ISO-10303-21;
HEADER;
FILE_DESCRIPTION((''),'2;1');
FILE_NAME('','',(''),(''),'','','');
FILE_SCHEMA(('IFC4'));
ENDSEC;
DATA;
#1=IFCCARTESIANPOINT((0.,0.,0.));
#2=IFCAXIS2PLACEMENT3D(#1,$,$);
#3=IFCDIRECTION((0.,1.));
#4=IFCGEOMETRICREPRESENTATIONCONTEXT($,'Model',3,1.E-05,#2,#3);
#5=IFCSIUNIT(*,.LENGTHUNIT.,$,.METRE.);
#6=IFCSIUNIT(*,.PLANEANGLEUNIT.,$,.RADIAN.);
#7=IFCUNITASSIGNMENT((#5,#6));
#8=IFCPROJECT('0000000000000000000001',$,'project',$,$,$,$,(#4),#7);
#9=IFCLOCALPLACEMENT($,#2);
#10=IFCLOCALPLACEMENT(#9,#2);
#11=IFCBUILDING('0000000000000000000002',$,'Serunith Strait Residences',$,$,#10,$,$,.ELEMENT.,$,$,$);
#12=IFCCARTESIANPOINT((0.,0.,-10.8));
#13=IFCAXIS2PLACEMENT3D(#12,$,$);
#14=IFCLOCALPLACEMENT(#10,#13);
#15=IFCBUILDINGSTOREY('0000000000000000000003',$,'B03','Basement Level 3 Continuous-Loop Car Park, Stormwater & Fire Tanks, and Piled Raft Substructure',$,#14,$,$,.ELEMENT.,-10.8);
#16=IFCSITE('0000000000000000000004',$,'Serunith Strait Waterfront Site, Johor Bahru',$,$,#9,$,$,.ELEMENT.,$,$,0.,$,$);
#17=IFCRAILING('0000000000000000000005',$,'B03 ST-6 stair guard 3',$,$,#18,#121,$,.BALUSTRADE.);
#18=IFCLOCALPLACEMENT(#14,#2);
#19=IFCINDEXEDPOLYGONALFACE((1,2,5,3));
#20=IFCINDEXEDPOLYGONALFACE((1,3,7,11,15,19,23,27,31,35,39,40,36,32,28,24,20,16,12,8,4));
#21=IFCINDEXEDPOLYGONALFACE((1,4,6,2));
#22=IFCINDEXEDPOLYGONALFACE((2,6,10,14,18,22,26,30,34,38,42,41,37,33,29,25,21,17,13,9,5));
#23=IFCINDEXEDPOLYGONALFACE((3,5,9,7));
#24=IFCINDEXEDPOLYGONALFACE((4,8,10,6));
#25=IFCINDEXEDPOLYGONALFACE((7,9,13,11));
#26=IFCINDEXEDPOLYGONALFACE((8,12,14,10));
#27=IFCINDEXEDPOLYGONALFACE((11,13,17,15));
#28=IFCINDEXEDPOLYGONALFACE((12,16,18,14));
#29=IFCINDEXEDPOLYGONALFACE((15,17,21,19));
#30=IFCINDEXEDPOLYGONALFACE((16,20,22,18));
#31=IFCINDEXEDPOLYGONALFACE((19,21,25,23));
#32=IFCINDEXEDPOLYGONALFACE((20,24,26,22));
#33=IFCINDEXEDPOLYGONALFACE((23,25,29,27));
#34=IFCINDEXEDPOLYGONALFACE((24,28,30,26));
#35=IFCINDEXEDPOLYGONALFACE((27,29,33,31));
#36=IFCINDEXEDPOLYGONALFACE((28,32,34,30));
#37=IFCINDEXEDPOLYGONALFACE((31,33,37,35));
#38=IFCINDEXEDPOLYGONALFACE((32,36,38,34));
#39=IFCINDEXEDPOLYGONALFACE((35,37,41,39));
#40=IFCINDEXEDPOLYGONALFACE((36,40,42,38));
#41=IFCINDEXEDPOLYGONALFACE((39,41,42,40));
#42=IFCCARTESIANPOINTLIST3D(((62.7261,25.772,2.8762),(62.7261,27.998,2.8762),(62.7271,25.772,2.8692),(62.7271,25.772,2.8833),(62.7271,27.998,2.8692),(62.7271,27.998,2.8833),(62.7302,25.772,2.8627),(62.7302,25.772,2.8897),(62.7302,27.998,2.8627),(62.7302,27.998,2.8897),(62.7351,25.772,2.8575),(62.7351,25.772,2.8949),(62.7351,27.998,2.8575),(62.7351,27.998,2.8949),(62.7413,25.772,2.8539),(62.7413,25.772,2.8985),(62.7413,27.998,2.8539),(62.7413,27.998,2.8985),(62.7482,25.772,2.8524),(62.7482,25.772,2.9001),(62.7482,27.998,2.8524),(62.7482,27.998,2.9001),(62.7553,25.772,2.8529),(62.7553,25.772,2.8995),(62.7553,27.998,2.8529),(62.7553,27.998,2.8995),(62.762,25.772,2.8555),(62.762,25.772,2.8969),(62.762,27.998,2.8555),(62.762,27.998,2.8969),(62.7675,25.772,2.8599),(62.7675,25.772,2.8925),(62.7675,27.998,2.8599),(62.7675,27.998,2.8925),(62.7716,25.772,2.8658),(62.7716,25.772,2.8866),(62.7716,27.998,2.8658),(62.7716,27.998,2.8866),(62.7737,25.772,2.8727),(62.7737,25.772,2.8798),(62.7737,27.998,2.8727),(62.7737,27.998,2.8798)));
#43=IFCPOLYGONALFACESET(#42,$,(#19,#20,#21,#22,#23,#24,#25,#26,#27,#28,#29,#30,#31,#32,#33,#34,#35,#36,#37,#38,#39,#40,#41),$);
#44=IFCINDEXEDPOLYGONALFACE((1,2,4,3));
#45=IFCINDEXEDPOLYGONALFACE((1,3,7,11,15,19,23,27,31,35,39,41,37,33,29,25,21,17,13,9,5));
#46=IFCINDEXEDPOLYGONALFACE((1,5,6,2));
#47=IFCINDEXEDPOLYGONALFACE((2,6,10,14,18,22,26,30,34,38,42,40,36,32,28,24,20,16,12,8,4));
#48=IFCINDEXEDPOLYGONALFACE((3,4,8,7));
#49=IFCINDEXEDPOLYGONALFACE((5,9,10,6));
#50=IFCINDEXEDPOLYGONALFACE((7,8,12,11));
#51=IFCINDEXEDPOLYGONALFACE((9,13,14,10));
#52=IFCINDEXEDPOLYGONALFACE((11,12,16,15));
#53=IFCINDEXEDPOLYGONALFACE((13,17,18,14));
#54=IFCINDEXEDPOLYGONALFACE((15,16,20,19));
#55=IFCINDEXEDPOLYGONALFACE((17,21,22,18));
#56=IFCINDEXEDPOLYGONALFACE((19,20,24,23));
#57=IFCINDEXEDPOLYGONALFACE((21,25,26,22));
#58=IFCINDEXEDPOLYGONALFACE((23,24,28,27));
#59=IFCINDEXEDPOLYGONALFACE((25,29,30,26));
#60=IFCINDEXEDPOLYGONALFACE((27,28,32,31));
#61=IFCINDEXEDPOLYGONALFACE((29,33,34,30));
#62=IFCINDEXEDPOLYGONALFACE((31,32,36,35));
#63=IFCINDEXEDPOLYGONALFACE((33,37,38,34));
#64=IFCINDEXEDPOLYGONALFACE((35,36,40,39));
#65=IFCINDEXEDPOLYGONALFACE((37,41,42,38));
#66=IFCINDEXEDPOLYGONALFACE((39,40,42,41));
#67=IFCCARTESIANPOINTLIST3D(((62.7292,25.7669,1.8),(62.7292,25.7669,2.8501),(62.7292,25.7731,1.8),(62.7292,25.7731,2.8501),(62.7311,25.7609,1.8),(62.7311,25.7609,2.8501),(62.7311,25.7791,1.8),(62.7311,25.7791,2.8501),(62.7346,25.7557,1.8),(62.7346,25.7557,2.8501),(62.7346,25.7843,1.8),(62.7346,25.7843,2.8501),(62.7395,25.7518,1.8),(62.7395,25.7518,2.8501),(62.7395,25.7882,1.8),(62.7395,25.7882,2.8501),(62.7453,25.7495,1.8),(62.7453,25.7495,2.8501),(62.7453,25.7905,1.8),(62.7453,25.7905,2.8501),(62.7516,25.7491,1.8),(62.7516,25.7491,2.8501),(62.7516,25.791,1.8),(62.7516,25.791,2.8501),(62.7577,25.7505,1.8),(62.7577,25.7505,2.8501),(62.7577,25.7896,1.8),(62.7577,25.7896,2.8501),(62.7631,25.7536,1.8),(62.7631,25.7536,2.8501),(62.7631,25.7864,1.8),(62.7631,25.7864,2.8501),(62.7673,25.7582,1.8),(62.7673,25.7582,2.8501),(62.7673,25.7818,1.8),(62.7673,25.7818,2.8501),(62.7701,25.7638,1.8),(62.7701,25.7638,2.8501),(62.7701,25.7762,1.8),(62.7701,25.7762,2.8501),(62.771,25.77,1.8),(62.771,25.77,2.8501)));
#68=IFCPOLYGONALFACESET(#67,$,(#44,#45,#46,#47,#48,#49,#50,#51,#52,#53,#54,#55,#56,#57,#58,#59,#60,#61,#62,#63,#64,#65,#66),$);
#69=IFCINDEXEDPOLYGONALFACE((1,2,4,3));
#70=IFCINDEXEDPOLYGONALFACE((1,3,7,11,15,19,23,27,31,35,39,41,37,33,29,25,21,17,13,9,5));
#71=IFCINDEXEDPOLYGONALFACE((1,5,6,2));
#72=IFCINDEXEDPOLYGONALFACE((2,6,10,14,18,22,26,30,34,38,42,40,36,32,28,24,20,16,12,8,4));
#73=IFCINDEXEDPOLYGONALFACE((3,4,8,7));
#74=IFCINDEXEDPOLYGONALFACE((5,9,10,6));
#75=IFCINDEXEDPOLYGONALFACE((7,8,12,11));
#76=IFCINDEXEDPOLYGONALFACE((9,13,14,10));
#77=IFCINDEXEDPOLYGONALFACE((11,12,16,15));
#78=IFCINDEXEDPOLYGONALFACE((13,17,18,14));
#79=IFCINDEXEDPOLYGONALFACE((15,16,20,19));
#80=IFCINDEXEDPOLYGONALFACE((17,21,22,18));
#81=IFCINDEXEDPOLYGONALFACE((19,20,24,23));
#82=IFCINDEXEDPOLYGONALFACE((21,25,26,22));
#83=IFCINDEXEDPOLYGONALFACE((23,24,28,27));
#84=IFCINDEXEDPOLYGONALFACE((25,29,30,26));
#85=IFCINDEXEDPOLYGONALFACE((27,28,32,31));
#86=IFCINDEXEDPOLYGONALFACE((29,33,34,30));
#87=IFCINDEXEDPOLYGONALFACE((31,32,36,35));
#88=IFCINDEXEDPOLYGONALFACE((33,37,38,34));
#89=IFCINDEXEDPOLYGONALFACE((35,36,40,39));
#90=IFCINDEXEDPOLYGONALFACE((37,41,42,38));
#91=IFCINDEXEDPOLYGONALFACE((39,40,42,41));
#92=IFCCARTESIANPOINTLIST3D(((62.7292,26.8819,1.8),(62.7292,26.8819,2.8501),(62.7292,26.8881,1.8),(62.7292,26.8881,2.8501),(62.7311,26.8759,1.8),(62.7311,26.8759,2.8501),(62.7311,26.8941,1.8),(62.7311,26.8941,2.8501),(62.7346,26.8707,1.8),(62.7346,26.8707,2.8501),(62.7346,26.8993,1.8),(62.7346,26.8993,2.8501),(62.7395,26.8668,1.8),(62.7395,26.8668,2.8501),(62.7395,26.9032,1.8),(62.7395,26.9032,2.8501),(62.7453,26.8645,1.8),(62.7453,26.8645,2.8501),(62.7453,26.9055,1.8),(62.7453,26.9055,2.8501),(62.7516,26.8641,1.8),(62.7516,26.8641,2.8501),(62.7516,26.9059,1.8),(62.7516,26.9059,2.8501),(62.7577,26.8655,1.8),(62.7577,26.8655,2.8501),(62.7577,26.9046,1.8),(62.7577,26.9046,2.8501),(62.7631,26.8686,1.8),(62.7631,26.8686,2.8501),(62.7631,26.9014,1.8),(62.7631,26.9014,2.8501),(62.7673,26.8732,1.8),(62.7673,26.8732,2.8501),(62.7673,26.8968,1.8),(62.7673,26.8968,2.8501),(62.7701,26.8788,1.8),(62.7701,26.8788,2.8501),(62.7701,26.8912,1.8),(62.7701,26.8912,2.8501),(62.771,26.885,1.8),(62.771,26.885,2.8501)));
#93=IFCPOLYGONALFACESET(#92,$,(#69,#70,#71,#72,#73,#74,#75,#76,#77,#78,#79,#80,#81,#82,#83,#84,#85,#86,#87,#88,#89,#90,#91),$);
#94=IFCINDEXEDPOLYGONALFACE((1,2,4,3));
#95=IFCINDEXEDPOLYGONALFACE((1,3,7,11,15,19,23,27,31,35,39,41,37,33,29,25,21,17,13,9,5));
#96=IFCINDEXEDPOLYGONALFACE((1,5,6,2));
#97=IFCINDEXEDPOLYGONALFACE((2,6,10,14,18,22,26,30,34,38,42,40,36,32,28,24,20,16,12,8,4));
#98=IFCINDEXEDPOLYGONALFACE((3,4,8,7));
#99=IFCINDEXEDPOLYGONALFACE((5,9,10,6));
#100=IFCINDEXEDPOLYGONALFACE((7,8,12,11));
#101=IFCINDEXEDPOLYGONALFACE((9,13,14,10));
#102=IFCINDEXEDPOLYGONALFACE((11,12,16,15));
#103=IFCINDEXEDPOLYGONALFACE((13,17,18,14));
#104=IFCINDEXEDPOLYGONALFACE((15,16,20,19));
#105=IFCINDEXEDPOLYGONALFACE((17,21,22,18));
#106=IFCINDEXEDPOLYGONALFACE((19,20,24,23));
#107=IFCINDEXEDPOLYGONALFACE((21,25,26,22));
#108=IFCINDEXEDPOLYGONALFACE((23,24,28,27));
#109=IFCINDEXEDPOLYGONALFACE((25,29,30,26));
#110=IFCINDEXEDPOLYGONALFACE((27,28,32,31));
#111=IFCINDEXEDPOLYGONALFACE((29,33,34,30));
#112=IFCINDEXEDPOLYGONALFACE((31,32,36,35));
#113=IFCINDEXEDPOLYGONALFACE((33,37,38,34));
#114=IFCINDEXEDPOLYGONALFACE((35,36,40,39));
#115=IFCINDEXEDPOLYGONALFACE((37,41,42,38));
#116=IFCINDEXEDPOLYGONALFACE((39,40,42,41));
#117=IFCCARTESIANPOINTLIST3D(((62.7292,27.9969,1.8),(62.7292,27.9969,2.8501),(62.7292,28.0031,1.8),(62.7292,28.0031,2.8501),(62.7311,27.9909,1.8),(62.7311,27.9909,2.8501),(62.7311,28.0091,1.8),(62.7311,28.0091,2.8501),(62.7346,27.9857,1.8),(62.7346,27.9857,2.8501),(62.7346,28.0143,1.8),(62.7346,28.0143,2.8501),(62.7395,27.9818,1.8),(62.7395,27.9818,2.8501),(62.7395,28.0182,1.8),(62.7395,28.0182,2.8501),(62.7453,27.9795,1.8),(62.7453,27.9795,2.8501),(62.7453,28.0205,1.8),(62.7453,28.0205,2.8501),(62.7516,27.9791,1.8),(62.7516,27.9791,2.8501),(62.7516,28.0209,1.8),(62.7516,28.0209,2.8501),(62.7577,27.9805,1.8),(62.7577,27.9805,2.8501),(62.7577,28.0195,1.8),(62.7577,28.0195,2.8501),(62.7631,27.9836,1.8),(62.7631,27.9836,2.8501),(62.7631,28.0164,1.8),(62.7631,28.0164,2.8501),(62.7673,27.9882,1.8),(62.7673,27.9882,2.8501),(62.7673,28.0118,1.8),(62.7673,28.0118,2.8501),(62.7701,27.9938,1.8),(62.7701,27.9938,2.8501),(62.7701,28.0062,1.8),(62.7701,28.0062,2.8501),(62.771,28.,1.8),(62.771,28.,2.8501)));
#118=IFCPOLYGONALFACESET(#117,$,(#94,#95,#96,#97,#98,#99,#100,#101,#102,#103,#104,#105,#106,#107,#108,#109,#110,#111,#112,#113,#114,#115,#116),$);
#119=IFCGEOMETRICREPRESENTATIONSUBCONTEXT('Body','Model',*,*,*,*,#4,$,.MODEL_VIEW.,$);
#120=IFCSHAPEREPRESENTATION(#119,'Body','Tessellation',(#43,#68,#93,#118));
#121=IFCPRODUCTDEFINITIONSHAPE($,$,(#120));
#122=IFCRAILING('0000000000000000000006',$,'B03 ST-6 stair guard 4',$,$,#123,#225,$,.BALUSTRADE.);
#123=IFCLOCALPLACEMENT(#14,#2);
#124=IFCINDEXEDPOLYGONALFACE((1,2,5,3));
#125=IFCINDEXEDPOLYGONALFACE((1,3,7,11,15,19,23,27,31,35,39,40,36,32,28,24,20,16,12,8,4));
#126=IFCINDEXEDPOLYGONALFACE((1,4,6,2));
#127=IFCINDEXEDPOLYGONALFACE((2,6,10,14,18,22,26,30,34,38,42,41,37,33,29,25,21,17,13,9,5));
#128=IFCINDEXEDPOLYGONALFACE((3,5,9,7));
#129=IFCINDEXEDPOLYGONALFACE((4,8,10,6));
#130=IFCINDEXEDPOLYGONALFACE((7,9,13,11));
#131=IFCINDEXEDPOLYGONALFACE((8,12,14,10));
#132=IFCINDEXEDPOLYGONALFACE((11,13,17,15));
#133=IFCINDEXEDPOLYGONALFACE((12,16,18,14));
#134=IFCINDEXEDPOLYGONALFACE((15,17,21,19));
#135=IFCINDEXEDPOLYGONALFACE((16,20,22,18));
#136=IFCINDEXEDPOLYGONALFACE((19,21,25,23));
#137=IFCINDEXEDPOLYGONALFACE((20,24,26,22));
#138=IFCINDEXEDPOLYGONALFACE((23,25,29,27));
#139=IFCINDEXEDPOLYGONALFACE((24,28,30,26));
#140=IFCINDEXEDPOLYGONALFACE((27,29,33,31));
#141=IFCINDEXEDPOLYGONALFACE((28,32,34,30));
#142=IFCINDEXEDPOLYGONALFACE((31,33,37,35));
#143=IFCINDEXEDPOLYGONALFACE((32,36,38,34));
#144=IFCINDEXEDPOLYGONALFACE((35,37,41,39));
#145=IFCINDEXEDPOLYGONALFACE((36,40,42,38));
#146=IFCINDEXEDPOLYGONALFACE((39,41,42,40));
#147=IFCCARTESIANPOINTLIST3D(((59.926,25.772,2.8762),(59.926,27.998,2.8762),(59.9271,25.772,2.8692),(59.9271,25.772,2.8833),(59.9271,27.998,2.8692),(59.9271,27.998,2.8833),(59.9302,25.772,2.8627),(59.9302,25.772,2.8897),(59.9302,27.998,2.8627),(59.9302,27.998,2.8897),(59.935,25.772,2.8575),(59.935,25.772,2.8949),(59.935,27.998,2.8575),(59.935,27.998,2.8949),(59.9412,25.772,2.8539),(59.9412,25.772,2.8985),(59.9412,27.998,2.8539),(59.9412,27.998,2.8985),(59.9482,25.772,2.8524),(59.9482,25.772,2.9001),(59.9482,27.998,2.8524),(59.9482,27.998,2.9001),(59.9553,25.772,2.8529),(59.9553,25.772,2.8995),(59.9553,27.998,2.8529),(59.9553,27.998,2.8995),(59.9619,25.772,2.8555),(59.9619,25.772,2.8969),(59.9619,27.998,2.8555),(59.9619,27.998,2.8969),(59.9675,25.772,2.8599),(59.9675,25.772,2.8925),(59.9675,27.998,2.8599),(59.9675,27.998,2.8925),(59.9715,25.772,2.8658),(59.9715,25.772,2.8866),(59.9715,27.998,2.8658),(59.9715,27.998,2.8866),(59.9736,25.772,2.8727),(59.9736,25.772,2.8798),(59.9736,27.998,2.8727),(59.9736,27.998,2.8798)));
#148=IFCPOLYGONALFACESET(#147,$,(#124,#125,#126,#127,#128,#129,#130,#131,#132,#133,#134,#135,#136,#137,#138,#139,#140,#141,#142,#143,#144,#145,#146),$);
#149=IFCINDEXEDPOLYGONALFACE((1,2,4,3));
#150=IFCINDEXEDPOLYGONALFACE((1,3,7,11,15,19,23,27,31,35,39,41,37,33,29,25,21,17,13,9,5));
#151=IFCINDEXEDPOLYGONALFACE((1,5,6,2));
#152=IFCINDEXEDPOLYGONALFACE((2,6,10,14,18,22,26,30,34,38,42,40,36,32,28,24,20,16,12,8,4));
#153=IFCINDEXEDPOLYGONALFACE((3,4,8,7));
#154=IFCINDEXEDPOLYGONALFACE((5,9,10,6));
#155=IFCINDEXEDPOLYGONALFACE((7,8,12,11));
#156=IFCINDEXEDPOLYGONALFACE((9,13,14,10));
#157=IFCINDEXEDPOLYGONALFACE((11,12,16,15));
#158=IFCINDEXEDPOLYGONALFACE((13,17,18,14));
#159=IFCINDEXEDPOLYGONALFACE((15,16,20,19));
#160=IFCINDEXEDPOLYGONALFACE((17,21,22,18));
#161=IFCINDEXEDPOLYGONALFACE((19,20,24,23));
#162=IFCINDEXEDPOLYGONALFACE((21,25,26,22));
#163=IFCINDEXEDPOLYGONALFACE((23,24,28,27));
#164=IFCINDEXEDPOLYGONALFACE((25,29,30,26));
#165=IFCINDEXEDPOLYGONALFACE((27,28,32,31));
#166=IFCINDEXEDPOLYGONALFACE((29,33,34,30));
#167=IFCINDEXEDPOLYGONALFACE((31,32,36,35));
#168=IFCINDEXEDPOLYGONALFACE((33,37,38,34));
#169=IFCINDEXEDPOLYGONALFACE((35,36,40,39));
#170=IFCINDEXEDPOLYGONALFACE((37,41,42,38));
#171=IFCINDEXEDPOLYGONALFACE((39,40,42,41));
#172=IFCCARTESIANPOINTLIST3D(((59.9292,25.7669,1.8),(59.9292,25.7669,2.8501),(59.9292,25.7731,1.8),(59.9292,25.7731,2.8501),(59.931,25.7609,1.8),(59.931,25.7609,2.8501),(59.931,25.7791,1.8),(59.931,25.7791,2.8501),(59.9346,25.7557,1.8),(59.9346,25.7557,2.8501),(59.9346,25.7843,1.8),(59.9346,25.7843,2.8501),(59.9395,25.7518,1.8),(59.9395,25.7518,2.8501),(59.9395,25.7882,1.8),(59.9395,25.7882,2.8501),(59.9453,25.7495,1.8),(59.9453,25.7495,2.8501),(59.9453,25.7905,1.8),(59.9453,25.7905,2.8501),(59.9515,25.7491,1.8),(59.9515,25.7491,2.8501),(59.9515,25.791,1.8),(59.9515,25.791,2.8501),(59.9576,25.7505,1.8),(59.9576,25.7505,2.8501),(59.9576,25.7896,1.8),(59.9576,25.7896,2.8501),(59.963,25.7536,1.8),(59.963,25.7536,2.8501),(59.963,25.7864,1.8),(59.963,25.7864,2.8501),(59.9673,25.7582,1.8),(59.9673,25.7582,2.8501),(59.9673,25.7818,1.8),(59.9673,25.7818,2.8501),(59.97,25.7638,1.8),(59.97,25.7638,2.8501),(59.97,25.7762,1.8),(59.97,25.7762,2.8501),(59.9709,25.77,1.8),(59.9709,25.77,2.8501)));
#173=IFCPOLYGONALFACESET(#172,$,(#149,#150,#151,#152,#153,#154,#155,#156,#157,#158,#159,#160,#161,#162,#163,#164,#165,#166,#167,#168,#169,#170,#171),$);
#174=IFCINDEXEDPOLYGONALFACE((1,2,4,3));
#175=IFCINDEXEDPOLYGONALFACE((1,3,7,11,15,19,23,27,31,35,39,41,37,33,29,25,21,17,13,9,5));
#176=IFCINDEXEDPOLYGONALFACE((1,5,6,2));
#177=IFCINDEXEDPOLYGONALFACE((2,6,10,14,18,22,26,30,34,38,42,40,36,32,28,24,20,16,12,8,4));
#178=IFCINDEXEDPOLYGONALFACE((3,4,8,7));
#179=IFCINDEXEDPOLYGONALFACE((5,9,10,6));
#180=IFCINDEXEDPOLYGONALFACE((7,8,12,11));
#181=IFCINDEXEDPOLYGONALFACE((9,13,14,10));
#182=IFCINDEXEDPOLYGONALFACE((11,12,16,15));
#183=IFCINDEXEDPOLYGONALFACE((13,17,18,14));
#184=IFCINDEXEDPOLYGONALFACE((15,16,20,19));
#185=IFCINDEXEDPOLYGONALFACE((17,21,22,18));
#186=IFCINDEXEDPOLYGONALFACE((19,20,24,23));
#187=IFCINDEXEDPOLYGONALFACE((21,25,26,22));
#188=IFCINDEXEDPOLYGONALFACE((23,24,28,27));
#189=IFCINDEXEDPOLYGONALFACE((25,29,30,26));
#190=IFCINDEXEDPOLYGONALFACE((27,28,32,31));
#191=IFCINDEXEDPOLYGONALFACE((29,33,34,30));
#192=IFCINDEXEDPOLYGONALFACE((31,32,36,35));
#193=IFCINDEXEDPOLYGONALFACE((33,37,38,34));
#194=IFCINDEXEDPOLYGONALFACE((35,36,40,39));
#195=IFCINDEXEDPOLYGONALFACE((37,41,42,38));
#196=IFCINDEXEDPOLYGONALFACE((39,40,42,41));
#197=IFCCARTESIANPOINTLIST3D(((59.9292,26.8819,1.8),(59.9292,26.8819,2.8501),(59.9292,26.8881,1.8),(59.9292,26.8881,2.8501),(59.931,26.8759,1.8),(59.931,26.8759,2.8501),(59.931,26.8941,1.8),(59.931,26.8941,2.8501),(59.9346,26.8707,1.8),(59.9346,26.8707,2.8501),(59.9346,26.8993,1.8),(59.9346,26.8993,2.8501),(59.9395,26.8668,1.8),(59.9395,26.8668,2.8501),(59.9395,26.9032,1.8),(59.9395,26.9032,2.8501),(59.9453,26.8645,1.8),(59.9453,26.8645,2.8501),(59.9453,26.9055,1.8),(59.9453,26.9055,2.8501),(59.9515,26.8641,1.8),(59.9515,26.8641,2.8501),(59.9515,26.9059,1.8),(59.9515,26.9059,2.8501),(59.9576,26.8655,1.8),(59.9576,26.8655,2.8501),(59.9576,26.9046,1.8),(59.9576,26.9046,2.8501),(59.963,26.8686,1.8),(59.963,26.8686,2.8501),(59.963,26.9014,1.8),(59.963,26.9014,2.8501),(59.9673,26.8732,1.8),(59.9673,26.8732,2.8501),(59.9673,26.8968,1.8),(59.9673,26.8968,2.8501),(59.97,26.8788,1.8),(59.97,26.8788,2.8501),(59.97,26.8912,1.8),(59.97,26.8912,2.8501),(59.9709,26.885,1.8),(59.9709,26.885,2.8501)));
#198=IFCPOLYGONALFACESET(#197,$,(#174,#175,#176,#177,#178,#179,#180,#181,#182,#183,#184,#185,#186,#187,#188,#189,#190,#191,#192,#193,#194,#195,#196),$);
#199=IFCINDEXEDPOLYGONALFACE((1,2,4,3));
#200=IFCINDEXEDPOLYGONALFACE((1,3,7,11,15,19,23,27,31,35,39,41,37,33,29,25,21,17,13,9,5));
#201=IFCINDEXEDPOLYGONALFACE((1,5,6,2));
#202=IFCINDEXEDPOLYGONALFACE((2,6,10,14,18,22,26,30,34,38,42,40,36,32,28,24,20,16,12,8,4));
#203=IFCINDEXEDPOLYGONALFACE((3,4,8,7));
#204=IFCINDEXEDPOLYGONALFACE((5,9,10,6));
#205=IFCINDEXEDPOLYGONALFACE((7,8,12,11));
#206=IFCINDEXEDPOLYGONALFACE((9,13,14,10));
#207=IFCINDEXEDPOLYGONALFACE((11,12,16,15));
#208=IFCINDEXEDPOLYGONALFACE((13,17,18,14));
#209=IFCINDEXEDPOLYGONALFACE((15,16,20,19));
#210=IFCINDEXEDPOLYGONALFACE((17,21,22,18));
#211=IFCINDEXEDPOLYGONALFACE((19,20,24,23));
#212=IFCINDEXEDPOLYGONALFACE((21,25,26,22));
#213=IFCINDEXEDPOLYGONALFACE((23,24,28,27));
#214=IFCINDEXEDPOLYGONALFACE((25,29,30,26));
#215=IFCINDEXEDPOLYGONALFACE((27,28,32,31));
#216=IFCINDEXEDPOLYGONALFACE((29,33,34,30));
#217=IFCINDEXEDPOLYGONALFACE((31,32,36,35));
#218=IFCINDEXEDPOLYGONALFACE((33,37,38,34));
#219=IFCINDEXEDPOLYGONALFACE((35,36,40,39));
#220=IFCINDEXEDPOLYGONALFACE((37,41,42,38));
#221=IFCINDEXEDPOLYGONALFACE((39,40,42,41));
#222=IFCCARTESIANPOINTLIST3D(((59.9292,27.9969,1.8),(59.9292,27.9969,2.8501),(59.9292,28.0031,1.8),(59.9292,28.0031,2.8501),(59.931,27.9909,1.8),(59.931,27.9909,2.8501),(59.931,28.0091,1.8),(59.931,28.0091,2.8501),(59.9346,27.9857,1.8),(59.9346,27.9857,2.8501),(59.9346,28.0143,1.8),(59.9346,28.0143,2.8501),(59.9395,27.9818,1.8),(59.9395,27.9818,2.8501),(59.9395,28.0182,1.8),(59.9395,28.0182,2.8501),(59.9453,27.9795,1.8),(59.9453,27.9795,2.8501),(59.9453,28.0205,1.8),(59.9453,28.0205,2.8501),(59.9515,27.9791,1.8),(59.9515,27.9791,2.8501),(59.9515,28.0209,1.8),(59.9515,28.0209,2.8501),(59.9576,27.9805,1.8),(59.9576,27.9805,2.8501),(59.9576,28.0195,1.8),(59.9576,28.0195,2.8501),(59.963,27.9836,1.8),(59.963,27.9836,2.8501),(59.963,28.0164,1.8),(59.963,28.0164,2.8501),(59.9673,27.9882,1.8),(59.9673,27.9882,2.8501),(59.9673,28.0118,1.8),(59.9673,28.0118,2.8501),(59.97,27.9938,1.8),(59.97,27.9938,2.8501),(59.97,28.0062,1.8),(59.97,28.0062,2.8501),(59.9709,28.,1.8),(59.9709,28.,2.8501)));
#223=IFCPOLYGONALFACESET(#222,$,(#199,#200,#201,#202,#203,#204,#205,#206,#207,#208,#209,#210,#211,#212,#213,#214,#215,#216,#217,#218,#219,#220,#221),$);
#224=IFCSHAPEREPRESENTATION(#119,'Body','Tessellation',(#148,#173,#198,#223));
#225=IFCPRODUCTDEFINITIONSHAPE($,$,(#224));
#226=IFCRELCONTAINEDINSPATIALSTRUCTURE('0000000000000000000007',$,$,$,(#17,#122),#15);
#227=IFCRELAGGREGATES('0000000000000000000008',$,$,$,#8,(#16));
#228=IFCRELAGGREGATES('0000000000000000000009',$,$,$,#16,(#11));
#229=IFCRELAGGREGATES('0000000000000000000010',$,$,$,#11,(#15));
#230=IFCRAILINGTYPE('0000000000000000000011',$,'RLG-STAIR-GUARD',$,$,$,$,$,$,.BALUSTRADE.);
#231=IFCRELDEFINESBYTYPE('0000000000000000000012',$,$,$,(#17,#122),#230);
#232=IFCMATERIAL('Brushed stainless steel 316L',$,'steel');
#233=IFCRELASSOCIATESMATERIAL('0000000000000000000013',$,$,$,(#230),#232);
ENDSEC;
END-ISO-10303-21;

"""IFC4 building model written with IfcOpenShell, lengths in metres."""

from ifc_helpers import new_model, si_unit, direction, frame, origin, origin_2d, place, context, subcontext, project, spatial, circle, extrude, material, type_object, element, save


model = new_model("IFC4")

# Units and contexts
model_context = context("Model", 3, precision=1e-05, world=origin(), true_north=direction((0.0, 1.0)))
body_context = subcontext(model_context, "Body", "Model", "MODEL_VIEW")
ifc_project = project(units=[si_unit("LENGTHUNIT", "METRE"), si_unit("PLANEANGLEUNIT", "RADIAN")], contexts=[model_context])

# Site, building, storey
site_placement = place(None, origin())
site = spatial("IfcSite", under=ifc_project, at=site_placement, Name="Serunith Strait Waterfront Site, Johor Bahru", CompositionType="ELEMENT", RefElevation=0.0)
building_placement = place(site_placement, origin())
building = spatial("IfcBuilding", under=site, at=building_placement, Name="Serunith Strait Residences", CompositionType="ELEMENT")
storey_placement = place(building_placement, frame((0.0, 0.0, -10.8)))
storey = spatial("IfcBuildingStorey", under=building, at=storey_placement, Name="B03", Description="Basement Level 3 Continuous-Loop Car Park, Stormwater & Fire Tanks, and Piled Raft Substructure", CompositionType="ELEMENT", Elevation=-10.8)

# Railings
ifc_material_1 = material(Name="Brushed stainless steel 316L", Category="steel")
railing_type_1 = type_object("IfcRailingType", Name="RLG-STAIR-GUARD", PredefinedType="BALUSTRADE", material=ifc_material_1)
for number, where, name in (
    (1, (62.75, 25.77, 1.8), "B03 ST-6 stair guard 3"),
    (2, (59.95, 25.77, 1.8), "B03 ST-6 stair guard 4"),
):
    element("IfcRailing", number, at=place(storey_placement, frame(where)), inside=storey, type_object=railing_type_1, Name=name, PredefinedType="BALUSTRADE", context=body_context, shape_type="SweptSolid", body=[
        extrude(circle(Radius=0.0239, at=origin_2d()), frame((0.0, 0.002, 1.0762), z_axis=(0.0, 1.0, 0.0), x_axis=(-1.0, 0.0, 0.0)), (0.0, 0.0, 1.0), 2.2261),
        extrude(circle(Radius=0.021, at=origin_2d()), origin(), (0.0, 0.0, 1.0), 1.05),
        extrude(circle(Radius=0.021, at=origin_2d()), frame((0.0, 1.115, 0.0)), (0.0, 0.0, 1.0), 1.05),
        extrude(circle(Radius=0.021, at=origin_2d()), frame((0.0, 2.23, 0.0)), (0.0, 0.0, 1.0), 1.05),
    ])

save(model, "model.ifc")
